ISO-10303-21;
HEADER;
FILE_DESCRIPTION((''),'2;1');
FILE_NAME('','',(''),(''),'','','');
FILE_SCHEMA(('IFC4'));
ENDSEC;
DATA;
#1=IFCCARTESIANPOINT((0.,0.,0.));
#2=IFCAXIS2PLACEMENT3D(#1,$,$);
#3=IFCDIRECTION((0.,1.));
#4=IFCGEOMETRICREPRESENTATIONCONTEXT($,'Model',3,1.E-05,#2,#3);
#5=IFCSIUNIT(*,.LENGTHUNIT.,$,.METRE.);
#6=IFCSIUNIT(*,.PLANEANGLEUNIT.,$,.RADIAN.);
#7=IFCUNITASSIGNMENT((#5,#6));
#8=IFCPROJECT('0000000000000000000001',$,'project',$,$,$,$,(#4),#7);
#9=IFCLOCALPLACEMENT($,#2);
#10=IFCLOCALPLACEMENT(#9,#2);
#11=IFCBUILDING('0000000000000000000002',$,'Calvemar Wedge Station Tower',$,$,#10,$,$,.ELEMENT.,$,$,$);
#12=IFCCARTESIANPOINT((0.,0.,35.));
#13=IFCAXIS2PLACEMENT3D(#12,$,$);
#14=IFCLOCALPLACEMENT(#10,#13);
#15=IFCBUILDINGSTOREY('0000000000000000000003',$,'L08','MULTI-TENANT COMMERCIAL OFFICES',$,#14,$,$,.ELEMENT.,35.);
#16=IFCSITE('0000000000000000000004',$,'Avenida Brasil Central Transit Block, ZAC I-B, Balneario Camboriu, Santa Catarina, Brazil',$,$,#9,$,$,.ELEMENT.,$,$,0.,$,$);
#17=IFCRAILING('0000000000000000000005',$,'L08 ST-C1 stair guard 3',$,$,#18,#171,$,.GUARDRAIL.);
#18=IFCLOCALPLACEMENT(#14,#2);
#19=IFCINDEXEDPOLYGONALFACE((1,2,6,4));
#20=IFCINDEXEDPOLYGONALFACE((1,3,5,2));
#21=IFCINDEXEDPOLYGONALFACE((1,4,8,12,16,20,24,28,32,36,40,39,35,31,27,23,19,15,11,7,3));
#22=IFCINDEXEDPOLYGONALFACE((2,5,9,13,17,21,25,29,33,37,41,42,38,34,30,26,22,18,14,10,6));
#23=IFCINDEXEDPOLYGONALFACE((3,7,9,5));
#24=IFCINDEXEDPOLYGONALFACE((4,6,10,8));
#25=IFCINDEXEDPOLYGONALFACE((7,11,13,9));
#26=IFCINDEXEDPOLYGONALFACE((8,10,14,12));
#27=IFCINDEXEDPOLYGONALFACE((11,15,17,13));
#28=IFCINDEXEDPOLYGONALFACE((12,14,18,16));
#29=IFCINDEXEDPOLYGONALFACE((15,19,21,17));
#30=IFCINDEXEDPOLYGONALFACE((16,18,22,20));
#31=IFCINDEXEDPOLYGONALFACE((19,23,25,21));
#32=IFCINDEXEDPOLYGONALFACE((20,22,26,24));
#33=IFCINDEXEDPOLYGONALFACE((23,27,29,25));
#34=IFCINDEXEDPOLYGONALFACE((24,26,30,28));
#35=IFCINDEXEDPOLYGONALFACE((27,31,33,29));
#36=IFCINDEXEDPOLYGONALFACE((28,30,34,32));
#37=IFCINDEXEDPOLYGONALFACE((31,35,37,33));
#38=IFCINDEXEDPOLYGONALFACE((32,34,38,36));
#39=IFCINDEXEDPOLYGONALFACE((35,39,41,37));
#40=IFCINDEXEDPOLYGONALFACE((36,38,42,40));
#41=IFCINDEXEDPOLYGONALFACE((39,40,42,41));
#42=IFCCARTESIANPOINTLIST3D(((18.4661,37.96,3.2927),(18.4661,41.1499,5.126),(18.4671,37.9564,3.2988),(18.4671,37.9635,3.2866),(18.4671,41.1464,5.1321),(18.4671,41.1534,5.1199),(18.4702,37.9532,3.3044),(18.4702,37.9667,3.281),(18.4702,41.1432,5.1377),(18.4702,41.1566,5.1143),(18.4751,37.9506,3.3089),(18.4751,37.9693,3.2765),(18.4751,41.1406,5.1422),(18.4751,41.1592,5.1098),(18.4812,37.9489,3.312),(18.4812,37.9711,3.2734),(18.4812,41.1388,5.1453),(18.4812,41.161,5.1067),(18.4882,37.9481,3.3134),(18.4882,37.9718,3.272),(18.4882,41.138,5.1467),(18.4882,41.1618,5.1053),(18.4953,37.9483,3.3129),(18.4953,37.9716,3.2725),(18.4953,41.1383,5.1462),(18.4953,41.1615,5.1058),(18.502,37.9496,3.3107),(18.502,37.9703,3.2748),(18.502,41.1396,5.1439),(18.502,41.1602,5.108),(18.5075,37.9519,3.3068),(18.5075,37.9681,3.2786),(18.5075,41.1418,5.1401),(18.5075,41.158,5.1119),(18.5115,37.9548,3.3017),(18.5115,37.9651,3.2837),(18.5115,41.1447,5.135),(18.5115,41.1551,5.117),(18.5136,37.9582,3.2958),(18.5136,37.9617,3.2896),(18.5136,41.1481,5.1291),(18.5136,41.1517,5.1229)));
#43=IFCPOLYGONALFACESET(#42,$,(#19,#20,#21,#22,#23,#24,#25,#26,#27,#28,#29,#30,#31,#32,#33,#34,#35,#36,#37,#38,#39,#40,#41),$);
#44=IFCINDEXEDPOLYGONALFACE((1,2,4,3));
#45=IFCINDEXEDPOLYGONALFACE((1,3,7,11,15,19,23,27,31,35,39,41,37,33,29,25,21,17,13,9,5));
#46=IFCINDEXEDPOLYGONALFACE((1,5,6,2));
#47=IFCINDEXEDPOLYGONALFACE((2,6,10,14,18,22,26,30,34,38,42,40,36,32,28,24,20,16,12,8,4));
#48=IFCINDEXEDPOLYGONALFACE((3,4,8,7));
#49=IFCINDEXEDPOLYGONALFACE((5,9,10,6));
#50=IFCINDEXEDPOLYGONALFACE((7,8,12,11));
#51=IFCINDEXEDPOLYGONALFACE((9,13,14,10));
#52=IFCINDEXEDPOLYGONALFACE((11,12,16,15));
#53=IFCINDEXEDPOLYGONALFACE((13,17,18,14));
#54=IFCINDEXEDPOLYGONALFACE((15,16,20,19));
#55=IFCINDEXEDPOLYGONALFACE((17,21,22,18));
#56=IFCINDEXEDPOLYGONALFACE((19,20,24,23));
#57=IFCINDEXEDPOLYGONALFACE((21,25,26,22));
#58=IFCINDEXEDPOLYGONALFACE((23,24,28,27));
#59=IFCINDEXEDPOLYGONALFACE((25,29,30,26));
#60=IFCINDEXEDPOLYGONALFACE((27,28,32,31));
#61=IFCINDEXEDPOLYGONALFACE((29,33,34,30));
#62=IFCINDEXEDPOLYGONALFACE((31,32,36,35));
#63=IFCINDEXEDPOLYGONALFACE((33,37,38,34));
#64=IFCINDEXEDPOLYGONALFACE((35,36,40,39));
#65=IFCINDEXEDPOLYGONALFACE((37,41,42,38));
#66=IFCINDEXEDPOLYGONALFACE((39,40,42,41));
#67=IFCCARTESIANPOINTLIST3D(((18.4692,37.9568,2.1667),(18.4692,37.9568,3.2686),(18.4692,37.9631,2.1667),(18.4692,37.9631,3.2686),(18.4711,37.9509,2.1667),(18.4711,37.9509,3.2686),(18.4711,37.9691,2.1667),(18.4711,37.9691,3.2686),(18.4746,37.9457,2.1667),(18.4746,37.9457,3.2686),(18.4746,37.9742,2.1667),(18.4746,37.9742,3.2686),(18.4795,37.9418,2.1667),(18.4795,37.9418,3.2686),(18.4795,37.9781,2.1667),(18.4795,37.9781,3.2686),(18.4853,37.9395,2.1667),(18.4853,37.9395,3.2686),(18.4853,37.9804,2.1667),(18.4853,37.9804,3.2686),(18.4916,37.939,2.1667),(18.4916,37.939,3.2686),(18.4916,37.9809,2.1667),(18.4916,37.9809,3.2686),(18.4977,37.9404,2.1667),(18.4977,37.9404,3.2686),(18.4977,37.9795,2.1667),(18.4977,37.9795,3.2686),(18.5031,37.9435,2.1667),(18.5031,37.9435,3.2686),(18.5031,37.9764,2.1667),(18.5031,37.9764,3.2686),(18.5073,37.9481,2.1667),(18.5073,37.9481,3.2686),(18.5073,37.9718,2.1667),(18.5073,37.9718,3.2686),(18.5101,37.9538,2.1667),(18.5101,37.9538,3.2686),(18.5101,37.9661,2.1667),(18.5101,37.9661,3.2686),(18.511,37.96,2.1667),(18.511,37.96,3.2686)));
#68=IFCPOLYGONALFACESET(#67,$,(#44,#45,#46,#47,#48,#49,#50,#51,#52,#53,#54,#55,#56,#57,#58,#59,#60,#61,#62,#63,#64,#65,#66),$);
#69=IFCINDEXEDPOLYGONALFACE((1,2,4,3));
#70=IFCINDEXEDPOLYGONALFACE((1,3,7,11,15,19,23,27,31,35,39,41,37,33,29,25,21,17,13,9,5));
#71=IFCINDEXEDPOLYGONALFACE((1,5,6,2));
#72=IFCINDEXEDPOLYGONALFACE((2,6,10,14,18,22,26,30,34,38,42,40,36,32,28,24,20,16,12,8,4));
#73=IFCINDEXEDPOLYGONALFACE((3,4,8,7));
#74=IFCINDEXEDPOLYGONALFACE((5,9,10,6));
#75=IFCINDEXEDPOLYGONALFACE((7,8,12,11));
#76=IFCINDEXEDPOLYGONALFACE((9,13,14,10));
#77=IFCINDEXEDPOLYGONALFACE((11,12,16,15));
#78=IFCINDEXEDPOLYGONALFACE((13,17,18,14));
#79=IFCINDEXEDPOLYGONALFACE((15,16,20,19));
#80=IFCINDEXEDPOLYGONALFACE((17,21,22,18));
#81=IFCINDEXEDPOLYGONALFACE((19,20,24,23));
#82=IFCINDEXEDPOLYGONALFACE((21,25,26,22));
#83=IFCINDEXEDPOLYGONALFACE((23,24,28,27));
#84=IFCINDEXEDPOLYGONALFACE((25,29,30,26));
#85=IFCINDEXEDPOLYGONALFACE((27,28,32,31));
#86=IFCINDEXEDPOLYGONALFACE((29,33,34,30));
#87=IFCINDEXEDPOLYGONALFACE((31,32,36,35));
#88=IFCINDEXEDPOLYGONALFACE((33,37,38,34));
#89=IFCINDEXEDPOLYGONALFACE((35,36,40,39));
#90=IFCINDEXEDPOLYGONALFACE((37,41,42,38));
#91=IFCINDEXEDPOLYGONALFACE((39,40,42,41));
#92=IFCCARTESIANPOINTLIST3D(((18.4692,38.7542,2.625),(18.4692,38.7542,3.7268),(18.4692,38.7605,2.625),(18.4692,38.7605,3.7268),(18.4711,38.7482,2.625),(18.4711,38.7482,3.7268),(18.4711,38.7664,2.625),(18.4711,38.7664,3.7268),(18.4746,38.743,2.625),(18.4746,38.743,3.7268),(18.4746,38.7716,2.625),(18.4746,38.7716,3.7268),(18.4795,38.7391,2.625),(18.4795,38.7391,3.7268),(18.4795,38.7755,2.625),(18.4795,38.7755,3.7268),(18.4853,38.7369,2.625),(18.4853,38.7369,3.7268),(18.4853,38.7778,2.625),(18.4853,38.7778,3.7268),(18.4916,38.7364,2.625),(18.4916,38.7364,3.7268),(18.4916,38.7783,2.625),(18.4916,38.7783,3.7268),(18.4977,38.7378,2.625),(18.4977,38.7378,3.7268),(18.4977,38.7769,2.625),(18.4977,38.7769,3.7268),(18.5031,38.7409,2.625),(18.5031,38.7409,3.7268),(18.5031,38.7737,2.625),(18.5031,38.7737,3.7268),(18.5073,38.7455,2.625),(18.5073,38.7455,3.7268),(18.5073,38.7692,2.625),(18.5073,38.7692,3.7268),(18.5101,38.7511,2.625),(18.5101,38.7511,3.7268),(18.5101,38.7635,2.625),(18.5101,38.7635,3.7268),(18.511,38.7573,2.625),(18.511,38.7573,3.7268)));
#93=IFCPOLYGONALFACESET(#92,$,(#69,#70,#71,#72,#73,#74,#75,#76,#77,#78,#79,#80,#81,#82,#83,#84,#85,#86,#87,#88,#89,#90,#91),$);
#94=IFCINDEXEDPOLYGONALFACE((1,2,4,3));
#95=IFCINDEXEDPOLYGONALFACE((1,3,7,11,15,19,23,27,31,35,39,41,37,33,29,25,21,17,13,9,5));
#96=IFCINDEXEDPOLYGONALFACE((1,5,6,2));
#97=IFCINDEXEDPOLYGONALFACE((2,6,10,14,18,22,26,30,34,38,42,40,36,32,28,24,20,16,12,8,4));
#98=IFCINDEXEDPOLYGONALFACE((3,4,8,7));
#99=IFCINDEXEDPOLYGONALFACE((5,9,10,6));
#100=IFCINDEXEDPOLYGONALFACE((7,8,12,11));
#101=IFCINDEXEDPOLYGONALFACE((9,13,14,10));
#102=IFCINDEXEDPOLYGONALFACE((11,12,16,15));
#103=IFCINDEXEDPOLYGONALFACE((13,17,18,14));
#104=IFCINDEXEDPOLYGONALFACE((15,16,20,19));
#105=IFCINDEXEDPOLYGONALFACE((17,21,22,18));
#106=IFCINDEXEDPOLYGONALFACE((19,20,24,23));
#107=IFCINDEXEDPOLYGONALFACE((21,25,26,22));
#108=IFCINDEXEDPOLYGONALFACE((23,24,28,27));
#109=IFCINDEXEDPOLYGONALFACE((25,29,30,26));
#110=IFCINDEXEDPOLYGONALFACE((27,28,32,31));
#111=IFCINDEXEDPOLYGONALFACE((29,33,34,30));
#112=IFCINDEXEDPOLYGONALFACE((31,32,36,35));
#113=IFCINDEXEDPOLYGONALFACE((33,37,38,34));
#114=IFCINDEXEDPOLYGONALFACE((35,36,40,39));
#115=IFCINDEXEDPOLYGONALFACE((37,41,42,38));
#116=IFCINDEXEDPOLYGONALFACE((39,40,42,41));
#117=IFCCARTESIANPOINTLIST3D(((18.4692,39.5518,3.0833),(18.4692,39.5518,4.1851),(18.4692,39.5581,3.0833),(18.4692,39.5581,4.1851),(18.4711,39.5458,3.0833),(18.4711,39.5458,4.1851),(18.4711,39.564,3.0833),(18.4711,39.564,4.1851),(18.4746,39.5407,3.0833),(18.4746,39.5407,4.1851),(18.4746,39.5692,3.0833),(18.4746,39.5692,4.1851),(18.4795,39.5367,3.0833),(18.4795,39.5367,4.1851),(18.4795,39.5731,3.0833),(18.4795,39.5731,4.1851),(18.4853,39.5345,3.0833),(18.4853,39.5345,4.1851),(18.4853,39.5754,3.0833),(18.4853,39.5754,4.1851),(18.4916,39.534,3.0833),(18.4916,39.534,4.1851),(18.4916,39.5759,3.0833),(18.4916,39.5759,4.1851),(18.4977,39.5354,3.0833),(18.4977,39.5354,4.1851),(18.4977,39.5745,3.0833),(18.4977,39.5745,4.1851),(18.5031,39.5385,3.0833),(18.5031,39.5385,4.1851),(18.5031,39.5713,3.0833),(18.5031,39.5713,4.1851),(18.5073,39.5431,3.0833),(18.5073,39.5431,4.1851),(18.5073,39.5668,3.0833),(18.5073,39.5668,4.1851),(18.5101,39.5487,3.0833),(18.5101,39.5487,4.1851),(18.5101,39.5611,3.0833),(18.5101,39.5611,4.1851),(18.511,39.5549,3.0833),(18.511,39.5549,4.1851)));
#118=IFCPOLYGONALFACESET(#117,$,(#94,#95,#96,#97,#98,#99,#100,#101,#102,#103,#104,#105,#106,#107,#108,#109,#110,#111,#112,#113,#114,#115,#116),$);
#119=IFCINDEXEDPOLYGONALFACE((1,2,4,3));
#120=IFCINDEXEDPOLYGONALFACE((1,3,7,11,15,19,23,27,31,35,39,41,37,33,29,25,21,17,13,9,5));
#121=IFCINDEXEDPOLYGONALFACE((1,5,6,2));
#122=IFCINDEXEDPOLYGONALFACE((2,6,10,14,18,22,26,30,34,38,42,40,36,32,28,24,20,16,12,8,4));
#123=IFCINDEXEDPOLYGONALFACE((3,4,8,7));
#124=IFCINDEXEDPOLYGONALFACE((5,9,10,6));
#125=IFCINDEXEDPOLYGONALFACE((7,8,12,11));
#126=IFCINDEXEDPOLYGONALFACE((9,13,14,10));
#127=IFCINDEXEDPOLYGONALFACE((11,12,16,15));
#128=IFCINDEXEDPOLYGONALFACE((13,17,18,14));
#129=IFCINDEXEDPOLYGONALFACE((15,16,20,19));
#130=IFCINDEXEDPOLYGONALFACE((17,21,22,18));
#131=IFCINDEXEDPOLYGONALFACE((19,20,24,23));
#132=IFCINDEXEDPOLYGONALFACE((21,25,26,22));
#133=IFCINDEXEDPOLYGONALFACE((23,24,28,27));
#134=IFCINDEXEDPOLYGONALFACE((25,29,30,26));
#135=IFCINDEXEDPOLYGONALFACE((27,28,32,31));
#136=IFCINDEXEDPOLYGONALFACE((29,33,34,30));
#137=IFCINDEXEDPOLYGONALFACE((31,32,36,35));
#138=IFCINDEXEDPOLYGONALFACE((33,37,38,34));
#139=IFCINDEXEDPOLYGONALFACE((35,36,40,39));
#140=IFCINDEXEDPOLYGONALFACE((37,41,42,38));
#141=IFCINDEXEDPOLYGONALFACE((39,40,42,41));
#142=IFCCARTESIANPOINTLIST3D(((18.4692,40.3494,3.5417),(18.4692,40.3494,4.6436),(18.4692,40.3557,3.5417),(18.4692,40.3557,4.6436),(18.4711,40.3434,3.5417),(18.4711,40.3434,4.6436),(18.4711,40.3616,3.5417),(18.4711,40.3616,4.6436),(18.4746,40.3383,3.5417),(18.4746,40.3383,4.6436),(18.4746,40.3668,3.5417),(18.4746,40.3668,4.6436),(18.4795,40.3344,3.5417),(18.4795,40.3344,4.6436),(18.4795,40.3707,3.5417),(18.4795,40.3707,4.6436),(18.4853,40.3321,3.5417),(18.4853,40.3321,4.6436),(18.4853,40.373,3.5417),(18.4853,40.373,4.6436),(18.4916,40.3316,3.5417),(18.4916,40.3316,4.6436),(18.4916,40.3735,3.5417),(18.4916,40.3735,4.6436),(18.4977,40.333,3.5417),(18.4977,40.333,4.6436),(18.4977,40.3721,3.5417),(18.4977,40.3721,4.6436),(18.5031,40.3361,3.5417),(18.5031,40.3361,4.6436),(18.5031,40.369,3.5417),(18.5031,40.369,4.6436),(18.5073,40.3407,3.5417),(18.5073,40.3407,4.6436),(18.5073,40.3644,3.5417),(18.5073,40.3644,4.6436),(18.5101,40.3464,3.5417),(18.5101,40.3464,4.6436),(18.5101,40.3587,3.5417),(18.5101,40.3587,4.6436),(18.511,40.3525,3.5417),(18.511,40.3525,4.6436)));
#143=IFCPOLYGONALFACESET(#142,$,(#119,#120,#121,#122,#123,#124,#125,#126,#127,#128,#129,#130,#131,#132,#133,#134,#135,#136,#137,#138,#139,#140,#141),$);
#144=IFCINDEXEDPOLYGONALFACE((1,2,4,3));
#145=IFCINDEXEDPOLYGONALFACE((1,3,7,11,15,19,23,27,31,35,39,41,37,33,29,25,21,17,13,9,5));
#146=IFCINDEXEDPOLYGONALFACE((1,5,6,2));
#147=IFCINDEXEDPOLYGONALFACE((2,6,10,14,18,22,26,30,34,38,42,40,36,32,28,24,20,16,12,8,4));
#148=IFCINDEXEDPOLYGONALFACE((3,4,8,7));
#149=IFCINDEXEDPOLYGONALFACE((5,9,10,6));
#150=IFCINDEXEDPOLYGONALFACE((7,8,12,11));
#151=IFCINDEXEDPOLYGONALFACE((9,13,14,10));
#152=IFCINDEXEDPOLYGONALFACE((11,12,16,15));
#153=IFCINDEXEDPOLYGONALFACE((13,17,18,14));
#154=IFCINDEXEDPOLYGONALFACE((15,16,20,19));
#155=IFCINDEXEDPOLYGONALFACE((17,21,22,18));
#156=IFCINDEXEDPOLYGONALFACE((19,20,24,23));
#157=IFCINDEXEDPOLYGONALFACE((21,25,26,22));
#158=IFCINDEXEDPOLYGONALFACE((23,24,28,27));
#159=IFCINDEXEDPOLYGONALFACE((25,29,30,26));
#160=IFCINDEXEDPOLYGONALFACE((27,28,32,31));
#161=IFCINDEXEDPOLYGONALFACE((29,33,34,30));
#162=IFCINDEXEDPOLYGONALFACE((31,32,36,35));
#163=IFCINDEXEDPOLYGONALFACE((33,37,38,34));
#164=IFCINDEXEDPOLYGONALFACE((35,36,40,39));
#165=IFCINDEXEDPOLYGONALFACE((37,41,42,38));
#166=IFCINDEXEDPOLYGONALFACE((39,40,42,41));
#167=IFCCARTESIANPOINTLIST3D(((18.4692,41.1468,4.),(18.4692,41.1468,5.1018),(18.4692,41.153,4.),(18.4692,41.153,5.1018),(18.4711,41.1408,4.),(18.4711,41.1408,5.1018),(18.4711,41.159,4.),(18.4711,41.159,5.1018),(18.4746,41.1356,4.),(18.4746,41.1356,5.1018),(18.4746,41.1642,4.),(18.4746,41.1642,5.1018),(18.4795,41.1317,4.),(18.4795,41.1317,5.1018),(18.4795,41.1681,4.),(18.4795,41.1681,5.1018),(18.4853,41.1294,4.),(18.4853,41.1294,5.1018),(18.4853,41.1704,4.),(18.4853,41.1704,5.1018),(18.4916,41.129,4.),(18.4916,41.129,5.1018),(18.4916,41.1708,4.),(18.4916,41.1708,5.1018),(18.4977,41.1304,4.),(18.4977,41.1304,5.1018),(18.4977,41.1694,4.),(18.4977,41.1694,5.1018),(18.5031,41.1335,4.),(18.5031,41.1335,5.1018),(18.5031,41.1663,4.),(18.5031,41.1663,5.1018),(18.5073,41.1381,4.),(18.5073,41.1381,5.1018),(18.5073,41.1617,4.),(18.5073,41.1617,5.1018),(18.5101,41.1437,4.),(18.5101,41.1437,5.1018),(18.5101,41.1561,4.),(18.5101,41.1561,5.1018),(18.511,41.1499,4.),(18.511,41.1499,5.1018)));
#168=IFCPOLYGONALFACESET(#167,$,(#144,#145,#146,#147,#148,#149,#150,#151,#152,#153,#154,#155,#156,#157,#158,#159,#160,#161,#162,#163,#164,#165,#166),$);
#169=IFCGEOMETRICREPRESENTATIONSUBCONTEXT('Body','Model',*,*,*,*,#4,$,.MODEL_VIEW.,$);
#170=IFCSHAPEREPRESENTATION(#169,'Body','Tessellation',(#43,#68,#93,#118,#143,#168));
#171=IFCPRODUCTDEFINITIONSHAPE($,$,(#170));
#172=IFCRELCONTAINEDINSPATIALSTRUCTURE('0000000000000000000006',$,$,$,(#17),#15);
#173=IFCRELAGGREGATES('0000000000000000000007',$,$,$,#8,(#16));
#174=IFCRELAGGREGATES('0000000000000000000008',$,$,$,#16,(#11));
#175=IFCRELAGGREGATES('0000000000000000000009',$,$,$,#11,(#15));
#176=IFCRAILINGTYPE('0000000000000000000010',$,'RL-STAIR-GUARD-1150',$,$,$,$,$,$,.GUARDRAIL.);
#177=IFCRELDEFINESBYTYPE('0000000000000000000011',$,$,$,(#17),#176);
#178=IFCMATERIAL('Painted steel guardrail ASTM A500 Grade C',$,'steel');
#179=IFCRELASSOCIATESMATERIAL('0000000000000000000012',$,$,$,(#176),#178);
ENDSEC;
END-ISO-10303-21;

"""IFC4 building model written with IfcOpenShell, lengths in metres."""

from ifc_helpers import new_model, si_unit, direction, frame, origin, origin_2d, place, context, subcontext, project, spatial, circle, extrude, material, type_object, element, save


model = new_model("IFC4")

# Units and contexts
model_context = context("Model", 3, precision=1e-05, world=origin(), true_north=direction((0.0, 1.0)))
body_context = subcontext(model_context, "Body", "Model", "MODEL_VIEW")
ifc_project = project(units=[si_unit("LENGTHUNIT", "METRE"), si_unit("PLANEANGLEUNIT", "RADIAN")], contexts=[model_context])

# Site, building, storey
site_placement = place(None, origin())
site = spatial("IfcSite", under=ifc_project, at=site_placement, Name="Avenida Brasil Central Transit Block, ZAC I-B, Balneario Camboriu, Santa Catarina, Brazil", CompositionType="ELEMENT", RefElevation=0.0)
building_placement = place(site_placement, origin())
building = spatial("IfcBuilding", under=site, at=building_placement, Name="Calvemar Wedge Station Tower", CompositionType="ELEMENT")
storey_placement = place(building_placement, frame((0.0, 0.0, 35.0)))
storey = spatial("IfcBuildingStorey", under=building, at=storey_placement, Name="L08", Description="MULTI-TENANT COMMERCIAL OFFICES", CompositionType="ELEMENT", Elevation=35.0)

# Railing
ifc_material_1 = material(Name="Painted steel guardrail ASTM A500 Grade C", Category="steel")
railing_type_1 = type_object("IfcRailingType", Name="RL-STAIR-GUARD-1150", PredefinedType="GUARDRAIL", material=ifc_material_1)
railing_1_placement = place(storey_placement, frame((18.49, 37.96, 2.1667)))
element("IfcRailing", 1, at=railing_1_placement, inside=storey, type_object=railing_type_1, Name="L08 ST-C1 stair guard 3", PredefinedType="GUARDRAIL", context=body_context, shape_type="SweptSolid", body=[
    extrude(circle(Radius=0.0239, at=origin_2d()), frame((0.0, 0.0, 1.126), z_axis=(0.0, 0.86702, 0.498274), x_axis=(-1.0, 0.0, 0.0)), (0.0, 0.0, 1.0), 3.6792),
    extrude(circle(Radius=0.021, at=origin_2d()), origin(), (0.0, 0.0, 1.0), 1.1018),
    extrude(circle(Radius=0.021, at=origin_2d()), frame((0.0, 0.7974, 0.4583)), (0.0, 0.0, 1.0), 1.1018),
    extrude(circle(Radius=0.021, at=origin_2d()), frame((0.0, 1.595, 0.9165)), (0.0, 0.0, 1.0), 1.1018),
    extrude(circle(Radius=0.021, at=origin_2d()), frame((0.0, 2.3926, 1.375)), (0.0, 0.0, 1.0), 1.1018),
    extrude(circle(Radius=0.021, at=origin_2d()), frame((0.0, 3.1899, 1.8333)), (0.0, 0.0, 1.0), 1.1018),
])

save(model, "model.ifc")
